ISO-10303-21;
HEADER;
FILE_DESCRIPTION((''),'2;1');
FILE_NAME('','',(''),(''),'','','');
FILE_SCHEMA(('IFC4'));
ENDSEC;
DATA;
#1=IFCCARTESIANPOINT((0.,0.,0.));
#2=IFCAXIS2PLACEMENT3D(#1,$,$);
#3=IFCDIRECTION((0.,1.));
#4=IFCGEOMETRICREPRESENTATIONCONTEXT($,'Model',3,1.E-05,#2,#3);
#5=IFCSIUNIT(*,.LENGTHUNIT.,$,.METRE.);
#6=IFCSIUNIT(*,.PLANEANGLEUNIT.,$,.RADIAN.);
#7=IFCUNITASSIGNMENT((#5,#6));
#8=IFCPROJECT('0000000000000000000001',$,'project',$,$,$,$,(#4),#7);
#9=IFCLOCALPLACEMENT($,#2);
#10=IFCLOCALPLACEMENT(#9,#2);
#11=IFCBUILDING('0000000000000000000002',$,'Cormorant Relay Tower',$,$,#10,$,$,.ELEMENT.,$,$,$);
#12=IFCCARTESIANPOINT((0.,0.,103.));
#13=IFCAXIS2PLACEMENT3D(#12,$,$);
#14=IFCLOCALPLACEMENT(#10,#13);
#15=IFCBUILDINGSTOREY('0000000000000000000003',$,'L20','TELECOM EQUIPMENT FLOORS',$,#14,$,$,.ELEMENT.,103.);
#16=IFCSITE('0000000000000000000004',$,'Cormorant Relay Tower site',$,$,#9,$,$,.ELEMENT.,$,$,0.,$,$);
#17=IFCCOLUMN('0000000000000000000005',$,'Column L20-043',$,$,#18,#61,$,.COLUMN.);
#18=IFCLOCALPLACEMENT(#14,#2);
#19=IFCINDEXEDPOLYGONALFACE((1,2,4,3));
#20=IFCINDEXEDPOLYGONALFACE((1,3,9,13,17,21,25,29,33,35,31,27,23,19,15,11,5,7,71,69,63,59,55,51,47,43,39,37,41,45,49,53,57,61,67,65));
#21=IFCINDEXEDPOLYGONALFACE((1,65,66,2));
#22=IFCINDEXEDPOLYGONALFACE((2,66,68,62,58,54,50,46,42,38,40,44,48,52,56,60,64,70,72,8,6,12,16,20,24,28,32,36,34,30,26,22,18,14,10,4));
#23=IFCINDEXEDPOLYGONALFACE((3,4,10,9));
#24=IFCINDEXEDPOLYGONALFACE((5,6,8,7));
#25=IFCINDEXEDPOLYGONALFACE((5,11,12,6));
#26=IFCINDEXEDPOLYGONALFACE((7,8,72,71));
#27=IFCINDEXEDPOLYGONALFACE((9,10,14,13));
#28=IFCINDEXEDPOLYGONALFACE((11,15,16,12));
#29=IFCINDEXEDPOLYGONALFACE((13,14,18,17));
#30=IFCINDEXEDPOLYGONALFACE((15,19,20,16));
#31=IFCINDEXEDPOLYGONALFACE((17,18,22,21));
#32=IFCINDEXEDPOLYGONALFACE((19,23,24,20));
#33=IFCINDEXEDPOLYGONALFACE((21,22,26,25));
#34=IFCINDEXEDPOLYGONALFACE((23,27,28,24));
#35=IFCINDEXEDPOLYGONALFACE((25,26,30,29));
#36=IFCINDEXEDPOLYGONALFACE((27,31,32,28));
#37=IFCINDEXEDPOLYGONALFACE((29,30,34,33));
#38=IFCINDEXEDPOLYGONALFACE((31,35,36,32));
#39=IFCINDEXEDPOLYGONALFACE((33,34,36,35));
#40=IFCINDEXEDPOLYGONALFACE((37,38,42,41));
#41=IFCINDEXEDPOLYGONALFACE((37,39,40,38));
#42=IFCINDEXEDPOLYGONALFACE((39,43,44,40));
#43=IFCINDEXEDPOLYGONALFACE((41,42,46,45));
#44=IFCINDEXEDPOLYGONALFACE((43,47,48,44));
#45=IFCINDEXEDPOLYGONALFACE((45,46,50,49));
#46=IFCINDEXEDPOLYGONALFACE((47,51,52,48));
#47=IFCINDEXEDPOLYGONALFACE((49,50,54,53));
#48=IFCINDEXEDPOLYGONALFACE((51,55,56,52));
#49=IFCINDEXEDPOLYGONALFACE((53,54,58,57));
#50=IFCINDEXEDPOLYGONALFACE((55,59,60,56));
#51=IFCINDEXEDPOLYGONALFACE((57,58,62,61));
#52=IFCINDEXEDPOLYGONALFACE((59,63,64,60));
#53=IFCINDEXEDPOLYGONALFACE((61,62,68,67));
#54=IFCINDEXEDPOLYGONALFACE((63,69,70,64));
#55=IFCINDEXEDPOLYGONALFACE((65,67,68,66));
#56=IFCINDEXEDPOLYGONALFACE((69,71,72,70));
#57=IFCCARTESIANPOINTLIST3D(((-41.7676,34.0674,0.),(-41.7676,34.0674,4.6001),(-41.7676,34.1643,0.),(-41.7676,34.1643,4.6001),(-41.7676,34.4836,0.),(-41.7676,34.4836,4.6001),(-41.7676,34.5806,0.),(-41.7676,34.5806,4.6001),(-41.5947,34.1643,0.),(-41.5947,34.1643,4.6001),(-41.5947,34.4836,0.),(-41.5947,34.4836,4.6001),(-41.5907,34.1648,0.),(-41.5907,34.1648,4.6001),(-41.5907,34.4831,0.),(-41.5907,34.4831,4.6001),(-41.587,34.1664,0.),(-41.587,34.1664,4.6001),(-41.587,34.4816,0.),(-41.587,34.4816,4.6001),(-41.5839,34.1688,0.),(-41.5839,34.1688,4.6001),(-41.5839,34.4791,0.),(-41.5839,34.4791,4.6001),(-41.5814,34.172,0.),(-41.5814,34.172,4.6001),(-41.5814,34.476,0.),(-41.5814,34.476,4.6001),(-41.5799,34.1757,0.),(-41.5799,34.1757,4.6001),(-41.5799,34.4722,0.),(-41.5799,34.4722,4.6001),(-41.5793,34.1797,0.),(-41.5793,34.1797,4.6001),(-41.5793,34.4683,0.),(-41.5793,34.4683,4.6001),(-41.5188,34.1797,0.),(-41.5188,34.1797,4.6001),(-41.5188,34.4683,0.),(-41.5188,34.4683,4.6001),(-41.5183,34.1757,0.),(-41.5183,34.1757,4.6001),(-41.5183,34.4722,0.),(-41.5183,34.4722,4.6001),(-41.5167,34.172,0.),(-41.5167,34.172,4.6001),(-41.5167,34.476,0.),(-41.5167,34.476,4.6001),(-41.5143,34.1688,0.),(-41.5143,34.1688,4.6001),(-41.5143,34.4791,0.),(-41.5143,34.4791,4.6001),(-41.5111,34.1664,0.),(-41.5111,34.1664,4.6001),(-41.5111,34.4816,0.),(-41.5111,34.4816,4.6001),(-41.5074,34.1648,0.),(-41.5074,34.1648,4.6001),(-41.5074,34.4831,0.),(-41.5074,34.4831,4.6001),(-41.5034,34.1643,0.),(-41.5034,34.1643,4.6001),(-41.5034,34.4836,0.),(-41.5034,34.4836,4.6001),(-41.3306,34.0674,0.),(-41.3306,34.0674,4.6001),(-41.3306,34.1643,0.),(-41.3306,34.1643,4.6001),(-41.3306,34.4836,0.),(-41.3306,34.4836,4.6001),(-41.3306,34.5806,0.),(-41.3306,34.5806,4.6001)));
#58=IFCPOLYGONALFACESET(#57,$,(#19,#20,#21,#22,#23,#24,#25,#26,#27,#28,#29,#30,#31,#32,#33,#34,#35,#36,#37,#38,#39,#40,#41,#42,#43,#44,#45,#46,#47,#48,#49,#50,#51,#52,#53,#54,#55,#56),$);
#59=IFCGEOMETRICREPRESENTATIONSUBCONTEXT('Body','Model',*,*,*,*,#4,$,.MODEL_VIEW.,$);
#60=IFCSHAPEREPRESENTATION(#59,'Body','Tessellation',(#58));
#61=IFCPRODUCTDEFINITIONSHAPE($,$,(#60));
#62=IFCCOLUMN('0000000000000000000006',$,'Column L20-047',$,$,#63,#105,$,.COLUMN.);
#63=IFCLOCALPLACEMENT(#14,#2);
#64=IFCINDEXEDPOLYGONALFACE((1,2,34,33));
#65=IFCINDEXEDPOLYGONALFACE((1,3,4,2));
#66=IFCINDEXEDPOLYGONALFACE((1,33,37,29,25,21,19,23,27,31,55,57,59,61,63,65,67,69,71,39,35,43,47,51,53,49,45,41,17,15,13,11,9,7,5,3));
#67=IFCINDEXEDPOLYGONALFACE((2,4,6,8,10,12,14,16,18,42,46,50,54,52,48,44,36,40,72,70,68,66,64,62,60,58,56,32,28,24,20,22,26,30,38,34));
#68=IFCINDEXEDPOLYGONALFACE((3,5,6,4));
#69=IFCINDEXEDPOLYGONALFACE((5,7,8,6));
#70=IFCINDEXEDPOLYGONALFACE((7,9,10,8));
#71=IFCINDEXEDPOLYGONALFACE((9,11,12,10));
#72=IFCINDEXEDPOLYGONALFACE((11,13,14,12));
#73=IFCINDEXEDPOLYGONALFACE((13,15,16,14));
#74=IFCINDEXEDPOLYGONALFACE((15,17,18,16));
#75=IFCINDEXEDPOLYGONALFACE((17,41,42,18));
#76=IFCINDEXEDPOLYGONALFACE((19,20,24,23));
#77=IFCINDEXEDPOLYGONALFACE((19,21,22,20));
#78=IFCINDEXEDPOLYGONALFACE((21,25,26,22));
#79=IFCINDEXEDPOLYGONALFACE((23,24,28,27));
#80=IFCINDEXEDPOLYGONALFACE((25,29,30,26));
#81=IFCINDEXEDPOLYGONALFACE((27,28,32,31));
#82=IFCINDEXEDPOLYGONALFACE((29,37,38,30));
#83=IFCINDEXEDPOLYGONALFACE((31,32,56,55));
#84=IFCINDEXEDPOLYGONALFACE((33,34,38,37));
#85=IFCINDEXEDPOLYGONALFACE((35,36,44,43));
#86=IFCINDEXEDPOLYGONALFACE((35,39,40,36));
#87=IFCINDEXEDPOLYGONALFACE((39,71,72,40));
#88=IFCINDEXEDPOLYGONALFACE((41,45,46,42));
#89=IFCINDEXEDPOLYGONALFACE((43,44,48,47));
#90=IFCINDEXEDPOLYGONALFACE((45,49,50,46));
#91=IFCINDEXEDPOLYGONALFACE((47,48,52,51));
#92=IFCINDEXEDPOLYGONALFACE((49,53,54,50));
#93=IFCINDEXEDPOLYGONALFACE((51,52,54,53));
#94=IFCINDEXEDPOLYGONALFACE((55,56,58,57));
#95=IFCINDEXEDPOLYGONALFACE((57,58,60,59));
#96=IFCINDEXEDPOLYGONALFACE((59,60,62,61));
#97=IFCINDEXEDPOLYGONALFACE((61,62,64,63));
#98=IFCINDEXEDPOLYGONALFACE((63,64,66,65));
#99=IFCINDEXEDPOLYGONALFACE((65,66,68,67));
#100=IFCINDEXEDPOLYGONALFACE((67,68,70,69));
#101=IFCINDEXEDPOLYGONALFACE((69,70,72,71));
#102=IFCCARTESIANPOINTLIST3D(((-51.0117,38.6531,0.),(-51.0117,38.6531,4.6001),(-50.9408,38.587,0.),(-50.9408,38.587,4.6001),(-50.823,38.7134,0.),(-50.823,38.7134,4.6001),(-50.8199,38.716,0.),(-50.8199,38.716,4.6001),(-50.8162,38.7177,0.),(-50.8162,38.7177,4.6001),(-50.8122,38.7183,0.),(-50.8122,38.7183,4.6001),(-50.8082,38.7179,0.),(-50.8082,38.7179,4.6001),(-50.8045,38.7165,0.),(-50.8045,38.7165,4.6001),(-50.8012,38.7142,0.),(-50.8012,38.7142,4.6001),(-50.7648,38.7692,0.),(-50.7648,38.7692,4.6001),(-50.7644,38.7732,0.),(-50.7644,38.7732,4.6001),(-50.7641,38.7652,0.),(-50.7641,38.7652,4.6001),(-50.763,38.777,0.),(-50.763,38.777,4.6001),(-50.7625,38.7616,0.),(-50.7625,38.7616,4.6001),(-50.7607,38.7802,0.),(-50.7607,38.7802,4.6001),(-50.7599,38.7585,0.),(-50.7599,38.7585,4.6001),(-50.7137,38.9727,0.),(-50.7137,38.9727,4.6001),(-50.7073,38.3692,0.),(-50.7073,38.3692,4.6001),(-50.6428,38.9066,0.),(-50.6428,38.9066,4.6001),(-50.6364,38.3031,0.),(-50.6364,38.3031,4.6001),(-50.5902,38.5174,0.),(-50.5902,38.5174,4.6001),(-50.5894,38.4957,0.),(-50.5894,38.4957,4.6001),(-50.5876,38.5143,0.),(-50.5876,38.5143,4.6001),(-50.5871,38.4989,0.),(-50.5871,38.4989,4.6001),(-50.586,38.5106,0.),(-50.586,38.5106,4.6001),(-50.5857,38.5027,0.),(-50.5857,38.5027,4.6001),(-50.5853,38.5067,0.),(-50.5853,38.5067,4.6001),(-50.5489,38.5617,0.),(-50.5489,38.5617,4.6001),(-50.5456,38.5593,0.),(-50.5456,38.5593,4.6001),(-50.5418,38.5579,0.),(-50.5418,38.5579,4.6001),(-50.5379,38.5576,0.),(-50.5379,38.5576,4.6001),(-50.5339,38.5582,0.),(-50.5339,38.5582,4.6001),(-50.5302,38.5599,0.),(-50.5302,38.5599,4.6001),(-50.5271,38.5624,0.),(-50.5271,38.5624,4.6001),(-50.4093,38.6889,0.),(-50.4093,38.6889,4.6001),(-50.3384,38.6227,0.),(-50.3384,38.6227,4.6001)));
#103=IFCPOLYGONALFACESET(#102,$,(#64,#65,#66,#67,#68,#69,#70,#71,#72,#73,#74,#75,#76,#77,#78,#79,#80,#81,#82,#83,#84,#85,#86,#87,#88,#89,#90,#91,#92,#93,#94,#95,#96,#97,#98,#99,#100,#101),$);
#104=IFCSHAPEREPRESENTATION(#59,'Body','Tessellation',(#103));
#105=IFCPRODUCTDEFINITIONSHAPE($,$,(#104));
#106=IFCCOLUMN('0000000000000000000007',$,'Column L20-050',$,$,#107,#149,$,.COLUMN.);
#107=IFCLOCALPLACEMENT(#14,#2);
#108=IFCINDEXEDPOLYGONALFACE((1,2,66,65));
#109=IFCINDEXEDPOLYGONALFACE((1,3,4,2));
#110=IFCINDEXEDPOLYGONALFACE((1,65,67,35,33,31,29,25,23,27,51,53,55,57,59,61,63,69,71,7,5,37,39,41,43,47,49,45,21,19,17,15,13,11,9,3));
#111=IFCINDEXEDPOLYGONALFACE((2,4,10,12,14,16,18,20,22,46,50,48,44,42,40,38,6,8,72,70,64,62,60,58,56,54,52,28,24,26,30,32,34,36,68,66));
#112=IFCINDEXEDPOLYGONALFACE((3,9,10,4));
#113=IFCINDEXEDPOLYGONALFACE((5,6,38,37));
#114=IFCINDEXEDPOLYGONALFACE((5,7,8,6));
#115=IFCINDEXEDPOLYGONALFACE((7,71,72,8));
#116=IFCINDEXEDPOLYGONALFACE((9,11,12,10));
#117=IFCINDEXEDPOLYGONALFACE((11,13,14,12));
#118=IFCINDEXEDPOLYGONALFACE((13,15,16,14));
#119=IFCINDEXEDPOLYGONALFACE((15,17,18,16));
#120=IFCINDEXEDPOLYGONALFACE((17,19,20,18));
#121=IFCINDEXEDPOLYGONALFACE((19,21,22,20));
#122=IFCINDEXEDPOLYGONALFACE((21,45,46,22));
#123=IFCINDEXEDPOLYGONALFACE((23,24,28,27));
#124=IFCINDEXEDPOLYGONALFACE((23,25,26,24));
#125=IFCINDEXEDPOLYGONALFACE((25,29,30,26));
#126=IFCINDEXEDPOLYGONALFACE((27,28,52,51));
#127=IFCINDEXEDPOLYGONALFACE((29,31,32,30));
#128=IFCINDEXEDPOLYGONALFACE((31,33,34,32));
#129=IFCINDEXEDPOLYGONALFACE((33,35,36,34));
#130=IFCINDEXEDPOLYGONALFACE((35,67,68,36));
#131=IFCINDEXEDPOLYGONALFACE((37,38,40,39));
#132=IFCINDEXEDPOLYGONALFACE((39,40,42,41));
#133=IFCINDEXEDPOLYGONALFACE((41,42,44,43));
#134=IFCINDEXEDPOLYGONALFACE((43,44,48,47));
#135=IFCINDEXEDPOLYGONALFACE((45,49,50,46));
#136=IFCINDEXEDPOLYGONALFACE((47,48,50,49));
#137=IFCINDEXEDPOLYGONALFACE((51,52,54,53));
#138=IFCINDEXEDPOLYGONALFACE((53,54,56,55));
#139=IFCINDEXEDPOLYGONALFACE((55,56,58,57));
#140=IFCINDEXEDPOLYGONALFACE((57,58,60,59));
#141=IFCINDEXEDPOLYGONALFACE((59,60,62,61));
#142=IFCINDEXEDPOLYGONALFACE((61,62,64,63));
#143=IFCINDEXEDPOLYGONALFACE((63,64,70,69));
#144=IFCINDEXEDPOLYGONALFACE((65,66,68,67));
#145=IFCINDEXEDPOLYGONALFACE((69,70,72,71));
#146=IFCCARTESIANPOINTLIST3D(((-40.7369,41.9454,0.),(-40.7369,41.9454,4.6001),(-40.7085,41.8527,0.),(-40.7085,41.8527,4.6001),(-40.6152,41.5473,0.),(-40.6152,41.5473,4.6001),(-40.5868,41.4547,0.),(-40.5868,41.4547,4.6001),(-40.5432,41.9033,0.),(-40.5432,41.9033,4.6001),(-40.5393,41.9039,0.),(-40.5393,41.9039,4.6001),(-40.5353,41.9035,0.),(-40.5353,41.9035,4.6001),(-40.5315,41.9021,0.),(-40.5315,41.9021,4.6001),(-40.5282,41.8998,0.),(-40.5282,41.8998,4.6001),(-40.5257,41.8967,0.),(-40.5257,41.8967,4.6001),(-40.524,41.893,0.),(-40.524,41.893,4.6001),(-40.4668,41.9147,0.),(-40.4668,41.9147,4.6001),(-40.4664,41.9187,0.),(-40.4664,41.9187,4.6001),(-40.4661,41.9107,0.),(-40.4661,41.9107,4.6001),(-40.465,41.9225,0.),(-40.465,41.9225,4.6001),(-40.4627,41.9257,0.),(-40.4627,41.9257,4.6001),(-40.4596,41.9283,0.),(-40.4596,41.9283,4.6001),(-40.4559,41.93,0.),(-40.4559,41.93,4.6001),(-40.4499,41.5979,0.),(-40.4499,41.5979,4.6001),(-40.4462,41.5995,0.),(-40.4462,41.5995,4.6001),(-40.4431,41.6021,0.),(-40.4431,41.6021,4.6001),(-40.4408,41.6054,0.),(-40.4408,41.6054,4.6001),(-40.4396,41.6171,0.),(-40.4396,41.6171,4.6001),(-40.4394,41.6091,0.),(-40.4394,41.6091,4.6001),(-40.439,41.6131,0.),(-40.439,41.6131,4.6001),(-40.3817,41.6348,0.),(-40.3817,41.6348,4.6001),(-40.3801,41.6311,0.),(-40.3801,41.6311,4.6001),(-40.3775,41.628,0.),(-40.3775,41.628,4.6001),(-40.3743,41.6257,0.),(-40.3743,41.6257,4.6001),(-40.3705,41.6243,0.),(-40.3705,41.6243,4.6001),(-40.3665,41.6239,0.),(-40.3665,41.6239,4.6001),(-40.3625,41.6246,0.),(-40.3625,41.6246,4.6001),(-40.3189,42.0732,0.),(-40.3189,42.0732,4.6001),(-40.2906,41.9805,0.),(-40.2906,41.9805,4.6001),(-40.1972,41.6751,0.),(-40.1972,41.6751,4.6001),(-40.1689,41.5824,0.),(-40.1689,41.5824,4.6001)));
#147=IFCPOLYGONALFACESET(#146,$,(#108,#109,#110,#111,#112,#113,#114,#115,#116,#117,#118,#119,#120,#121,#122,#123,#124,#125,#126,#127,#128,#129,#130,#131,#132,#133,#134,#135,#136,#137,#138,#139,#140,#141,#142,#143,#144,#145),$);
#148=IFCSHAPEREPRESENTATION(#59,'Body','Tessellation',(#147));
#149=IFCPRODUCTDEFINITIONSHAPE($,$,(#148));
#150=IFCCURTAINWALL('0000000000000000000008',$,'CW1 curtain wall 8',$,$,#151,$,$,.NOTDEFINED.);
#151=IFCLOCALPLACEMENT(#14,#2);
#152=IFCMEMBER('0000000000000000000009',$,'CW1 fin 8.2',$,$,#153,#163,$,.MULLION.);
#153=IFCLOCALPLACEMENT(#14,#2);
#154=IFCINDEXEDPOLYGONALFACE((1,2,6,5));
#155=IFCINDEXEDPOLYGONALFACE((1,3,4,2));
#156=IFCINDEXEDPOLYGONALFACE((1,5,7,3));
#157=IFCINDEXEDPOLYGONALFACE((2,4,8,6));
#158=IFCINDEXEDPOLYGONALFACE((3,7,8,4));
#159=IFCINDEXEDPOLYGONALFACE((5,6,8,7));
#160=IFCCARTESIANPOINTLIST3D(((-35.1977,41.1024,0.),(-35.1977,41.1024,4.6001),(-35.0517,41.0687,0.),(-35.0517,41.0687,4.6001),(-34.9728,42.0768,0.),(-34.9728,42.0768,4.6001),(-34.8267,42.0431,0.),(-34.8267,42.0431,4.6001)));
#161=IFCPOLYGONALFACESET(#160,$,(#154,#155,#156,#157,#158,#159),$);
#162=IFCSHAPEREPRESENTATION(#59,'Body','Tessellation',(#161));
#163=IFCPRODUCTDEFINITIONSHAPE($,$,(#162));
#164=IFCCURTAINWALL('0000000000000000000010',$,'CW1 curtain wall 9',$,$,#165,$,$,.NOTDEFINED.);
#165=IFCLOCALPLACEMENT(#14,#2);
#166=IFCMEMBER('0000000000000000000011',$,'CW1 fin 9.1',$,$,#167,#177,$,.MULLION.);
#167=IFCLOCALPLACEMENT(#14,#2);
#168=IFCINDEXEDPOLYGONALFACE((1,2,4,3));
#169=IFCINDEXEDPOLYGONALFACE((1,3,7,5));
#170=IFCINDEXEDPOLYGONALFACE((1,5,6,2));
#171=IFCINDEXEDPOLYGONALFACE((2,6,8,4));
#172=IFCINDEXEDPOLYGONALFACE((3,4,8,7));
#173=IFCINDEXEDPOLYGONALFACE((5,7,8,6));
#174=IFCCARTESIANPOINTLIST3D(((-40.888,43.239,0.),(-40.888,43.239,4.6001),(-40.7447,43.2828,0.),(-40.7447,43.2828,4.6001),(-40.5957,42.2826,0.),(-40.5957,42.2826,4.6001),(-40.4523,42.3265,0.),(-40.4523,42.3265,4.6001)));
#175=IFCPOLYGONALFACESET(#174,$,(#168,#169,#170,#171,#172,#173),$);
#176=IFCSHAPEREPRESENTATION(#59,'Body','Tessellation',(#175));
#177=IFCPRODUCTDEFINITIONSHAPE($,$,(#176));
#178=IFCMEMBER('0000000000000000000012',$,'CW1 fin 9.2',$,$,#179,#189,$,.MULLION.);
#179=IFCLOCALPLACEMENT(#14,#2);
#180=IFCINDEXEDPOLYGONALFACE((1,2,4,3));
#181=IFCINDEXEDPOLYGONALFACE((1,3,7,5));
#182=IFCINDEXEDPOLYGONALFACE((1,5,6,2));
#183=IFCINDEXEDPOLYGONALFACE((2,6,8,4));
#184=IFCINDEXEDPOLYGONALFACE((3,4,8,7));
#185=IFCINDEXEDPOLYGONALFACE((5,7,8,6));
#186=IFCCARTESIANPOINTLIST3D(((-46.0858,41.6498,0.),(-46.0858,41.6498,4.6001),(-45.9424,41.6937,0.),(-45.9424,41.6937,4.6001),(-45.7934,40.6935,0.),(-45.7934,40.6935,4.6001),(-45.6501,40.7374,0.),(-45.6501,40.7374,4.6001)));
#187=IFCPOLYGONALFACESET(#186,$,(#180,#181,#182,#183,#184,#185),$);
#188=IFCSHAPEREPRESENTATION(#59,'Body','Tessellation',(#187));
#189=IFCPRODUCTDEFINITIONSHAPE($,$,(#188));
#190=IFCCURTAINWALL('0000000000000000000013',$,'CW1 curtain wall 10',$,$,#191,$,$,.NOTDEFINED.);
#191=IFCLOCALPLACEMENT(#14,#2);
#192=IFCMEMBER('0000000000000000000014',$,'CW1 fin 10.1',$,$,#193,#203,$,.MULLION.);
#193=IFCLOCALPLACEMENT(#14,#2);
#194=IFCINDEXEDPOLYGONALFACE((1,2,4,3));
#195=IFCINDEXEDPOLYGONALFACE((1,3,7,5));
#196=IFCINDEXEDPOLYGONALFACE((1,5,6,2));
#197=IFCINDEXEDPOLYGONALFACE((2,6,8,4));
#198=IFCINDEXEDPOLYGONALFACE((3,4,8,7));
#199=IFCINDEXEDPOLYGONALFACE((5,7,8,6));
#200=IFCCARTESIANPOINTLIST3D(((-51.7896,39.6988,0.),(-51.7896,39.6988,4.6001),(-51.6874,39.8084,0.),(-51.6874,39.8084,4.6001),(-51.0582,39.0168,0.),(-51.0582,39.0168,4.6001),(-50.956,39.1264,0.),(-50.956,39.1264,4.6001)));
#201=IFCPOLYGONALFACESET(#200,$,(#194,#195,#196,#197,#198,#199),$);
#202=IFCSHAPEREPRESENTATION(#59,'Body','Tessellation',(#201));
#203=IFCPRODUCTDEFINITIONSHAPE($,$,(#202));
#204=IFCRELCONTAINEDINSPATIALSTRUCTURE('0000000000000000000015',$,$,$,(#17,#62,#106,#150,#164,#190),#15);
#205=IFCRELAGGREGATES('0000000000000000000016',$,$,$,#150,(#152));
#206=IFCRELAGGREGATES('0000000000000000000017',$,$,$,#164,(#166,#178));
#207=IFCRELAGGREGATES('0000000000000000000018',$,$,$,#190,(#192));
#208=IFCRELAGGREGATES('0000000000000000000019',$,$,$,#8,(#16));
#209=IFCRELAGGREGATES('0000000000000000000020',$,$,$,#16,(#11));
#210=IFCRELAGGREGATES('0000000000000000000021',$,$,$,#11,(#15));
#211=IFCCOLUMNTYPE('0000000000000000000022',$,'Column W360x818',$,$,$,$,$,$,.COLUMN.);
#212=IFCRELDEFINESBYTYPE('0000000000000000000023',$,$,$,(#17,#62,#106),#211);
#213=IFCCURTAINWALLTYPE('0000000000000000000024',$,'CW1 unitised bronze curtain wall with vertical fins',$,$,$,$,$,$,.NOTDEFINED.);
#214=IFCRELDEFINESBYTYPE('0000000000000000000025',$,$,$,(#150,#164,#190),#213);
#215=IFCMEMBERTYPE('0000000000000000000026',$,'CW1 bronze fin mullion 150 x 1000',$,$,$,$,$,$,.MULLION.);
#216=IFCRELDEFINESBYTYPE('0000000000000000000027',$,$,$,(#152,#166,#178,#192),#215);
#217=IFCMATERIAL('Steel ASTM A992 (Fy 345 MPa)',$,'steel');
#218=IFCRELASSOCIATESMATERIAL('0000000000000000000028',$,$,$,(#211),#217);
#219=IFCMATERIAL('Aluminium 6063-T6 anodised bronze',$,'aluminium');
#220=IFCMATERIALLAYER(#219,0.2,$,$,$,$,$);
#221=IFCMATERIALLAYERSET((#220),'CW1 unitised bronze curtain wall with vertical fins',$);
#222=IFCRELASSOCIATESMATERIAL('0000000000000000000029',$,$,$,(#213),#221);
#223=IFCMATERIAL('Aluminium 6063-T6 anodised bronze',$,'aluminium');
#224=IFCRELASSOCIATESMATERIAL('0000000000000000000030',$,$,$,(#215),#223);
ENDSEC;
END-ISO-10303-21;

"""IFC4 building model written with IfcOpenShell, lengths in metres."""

from ifc_helpers import new_model, si_unit, direction, frame, origin, origin_2d, place, context, subcontext, project, spatial, rectangle, i_section, extrude, material, layer, layer_set, material_profile, profile_set, type_object, element, aggregate, save


model = new_model("IFC4")

# Units and contexts
model_context = context("Model", 3, precision=1e-05, world=origin(), true_north=direction((0.0, 1.0)))
body_context = subcontext(model_context, "Body", "Model", "MODEL_VIEW")
ifc_project = project(units=[si_unit("LENGTHUNIT", "METRE"), si_unit("PLANEANGLEUNIT", "RADIAN")], contexts=[model_context])

# Site, building, storey
site_placement = place(None, origin())
site = spatial("IfcSite", under=ifc_project, at=site_placement, Name="Cormorant Relay Tower site", CompositionType="ELEMENT", RefElevation=0.0)
building_placement = place(site_placement, origin())
building = spatial("IfcBuilding", under=site, at=building_placement, Name="Cormorant Relay Tower", CompositionType="ELEMENT")
storey_placement = place(building_placement, frame((0.0, 0.0, 103.0)))
storey = spatial("IfcBuildingStorey", under=building, at=storey_placement, Name="L20", Description="TELECOM EQUIPMENT FLOORS", CompositionType="ELEMENT", Elevation=103.0)

# Columns
ifc_material_1 = material(Name="Steel ASTM A992 (Fy 345 MPa)", Category="steel")
ifc_material_profile_1 = material_profile(ifc_material_1, i_section(OverallWidth=0.437, OverallDepth=0.5132, WebThickness=0.0605, FlangeThickness=0.0969, FilletRadius=0.0154, at=origin_2d()), Name="W360x818")
ifc_profile_set_1 = profile_set([ifc_material_profile_1], Name="Steel ASTM A992 (Fy 345 MPa)")
column_type = type_object("IfcColumnType", Name="Column W360x818", PredefinedType="COLUMN", material=ifc_profile_set_1)
for number, where, z_axis, x_axis, name in (
    (1, (-41.5491, 34.324, 0.0), (0.0, 0.0, 1.0), (1.0, 0.0, 0.0), "Column L20-043"),
    (2, (-50.675, 38.6379, 0.0), (0.0, 0.0, 1.0), (-0.681998, -0.731354, 0.0), "Column L20-047"),
    (3, (-40.4529, 41.7639, 0.0), (0.0, 0.0, 1.0), (-0.956305, -0.292372, 0.0), "Column L20-050"),
):
    element("IfcColumn", number, at=place(storey_placement, frame(where, z_axis=z_axis, x_axis=x_axis)), inside=storey, type_object=column_type, Name=name, PredefinedType="COLUMN", context=body_context, shape_type="SweptSolid", body=[
        extrude(i_section(OverallWidth=0.437, OverallDepth=0.5132, WebThickness=0.0605, FlangeThickness=0.0969, FilletRadius=0.0154, at=origin_2d()), origin(), (0.0, 0.0, 1.0), 4.6001),
    ])

# Curtain wall, member
ifc_material_2 = material(Name="Aluminium 6063-T6 anodised bronze", Category="aluminium")
ifc_layer_1 = layer(ifc_material_2, 0.2)
ifc_layer_set_1 = layer_set([ifc_layer_1], Name="CW1 unitised bronze curtain wall with vertical fins")
curtain_wall_type = type_object("IfcCurtainWallType", Name="CW1 unitised bronze curtain wall with vertical fins", PredefinedType="NOTDEFINED", material=ifc_layer_set_1)
curtain_wall_1_placement = place(storey_placement, origin())
curtain_wall_1 = element("IfcCurtainWall", 4, at=curtain_wall_1_placement, inside=storey, type_object=curtain_wall_type, Name="CW1 curtain wall 8", PredefinedType="NOTDEFINED")
ifc_material_3 = material(Name="Aluminium 6063-T6 anodised bronze", Category="aluminium")
ifc_material_profile_2 = material_profile(ifc_material_3, rectangle(XDim=0.1499, YDim=1.0, at=origin_2d()), Name="AL 150x1000")
ifc_profile_set_2 = profile_set([ifc_material_profile_2], Name="Aluminium 6063-T6 anodised bronze")
member_type_1 = type_object("IfcMemberType", Name="CW1 bronze fin mullion 150 x 1000", PredefinedType="MULLION", material=ifc_profile_set_2)
member_1_placement = place(storey_placement, frame((-35.0122, 41.5728, 0.0), z_axis=(0.0, 0.0, 1.0), x_axis=(-0.97437, 0.224951, 0.0)))
member_1 = element("IfcMember", 5, at=member_1_placement, type_object=member_type_1, Name="CW1 fin 8.2", PredefinedType="MULLION", context=body_context, shape_type="SweptSolid", body=[
    extrude(rectangle(XDim=0.1499, YDim=1.0, at=origin_2d()), origin(), (0.0, 0.0, 1.0), 4.6001),
])

# Curtain walls, members
curtain_wall_2_placement = place(storey_placement, origin())
curtain_wall_2 = element("IfcCurtainWall", 6, at=curtain_wall_2_placement, inside=storey, type_object=curtain_wall_type, Name="CW1 curtain wall 9", PredefinedType="NOTDEFINED")
member_2_placement = place(storey_placement, frame((-40.6702, 42.7827, 0.0), z_axis=(0.0, 0.0, 1.0), x_axis=(-0.956305, -0.292372, 0.0)))
member_2 = element("IfcMember", 7, at=member_2_placement, type_object=member_type_1, Name="CW1 fin 9.1", PredefinedType="MULLION", context=body_context, shape_type="SweptSolid", body=[
    extrude(rectangle(XDim=0.1499, YDim=1.0, at=origin_2d()), origin(), (0.0, 0.0, 1.0), 4.6001),
])
member_3_placement = place(storey_placement, frame((-45.8679, 41.1936, 0.0), z_axis=(0.0, 0.0, 1.0), x_axis=(-0.956305, -0.292372, 0.0)))
member_3 = element("IfcMember", 8, at=member_3_placement, type_object=member_type_1, Name="CW1 fin 9.2", PredefinedType="MULLION", context=body_context, shape_type="SweptSolid", body=[
    extrude(rectangle(XDim=0.1499, YDim=1.0, at=origin_2d()), origin(), (0.0, 0.0, 1.0), 4.6001),
])
curtain_wall_3_placement = place(storey_placement, origin())
curtain_wall_3 = element("IfcCurtainWall", 9, at=curtain_wall_3_placement, inside=storey, type_object=curtain_wall_type, Name="CW1 curtain wall 10", PredefinedType="NOTDEFINED")
member_4_placement = place(storey_placement, frame((-51.3728, 39.4126, 0.0), z_axis=(0.0, 0.0, 1.0), x_axis=(-0.681998, -0.731354, 0.0)))
member_4 = element("IfcMember", 10, at=member_4_placement, type_object=member_type_1, Name="CW1 fin 10.1", PredefinedType="MULLION", context=body_context, shape_type="SweptSolid", body=[
    extrude(rectangle(XDim=0.1499, YDim=1.0, at=origin_2d()), origin(), (0.0, 0.0, 1.0), 4.6001),
])

aggregate(curtain_wall_1, [member_1])
aggregate(curtain_wall_2, [member_2, member_3])
aggregate(curtain_wall_3, [member_4])

save(model, "model.ifc")
